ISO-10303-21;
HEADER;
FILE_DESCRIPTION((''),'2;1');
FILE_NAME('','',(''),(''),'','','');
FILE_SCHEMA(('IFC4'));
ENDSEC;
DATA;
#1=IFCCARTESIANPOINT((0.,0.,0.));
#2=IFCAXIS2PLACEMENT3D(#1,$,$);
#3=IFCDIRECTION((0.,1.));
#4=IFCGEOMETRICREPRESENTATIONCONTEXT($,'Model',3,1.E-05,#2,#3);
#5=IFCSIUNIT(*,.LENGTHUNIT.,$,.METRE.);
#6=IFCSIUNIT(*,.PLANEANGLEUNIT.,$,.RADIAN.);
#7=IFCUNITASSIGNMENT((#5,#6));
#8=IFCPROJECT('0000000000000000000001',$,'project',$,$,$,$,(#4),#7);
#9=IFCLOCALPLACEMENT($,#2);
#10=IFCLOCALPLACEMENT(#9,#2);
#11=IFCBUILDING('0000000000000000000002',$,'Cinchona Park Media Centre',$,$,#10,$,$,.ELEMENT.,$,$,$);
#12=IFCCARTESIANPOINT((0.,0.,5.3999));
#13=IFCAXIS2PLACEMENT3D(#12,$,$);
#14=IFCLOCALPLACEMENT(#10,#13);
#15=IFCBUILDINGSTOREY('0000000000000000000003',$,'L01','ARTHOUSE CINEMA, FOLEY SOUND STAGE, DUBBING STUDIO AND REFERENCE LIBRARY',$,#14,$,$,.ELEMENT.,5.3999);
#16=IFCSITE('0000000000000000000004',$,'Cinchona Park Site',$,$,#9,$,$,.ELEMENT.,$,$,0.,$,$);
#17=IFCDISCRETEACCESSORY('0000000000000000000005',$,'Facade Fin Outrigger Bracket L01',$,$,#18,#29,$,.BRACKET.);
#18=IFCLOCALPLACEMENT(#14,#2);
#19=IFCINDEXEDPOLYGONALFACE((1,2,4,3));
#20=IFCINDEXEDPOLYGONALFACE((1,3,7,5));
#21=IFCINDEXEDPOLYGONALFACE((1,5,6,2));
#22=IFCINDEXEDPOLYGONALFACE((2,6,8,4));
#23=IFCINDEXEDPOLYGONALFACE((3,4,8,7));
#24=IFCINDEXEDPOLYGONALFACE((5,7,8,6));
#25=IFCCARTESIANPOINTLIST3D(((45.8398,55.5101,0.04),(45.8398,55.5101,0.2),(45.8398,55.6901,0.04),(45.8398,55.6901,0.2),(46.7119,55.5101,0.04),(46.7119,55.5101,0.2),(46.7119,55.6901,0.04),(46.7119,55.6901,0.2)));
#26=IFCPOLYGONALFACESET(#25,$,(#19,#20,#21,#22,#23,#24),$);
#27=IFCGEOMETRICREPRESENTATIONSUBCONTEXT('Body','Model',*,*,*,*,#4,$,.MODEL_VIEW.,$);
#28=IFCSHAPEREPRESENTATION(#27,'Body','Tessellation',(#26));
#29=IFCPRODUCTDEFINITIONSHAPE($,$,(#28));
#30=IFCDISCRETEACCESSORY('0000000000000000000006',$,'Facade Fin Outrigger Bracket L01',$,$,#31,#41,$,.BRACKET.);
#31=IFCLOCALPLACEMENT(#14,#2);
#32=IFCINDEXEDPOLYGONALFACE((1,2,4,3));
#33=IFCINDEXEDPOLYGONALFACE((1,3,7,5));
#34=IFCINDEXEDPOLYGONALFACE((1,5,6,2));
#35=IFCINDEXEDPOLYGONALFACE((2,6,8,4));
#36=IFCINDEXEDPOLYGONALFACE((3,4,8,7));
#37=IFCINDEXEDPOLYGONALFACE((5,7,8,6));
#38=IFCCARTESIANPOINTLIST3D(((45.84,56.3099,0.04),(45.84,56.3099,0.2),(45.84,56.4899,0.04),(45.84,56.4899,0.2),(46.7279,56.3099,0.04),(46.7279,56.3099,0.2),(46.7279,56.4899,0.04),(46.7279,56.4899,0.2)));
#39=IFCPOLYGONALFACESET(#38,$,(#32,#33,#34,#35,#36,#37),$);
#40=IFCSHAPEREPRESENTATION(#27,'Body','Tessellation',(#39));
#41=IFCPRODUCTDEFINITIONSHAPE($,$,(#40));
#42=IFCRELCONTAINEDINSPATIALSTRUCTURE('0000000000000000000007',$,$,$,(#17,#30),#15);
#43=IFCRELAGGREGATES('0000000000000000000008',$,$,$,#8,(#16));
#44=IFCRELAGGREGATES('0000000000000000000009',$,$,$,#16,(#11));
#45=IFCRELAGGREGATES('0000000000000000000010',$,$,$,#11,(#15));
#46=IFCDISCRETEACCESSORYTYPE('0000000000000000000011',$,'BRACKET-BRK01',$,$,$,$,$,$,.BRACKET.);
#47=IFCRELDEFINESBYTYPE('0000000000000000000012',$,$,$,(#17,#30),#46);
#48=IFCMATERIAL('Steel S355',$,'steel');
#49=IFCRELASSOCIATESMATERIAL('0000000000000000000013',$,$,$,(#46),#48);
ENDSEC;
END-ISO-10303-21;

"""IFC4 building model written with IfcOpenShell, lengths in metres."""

from ifc_helpers import new_model, si_unit, direction, frame, origin, origin_2d, place, context, subcontext, project, spatial, rectangle, extrude, material, type_object, element, save


model = new_model("IFC4")

# Units and contexts
model_context = context("Model", 3, precision=1e-05, world=origin(), true_north=direction((0.0, 1.0)))
body_context = subcontext(model_context, "Body", "Model", "MODEL_VIEW")
ifc_project = project(units=[si_unit("LENGTHUNIT", "METRE"), si_unit("PLANEANGLEUNIT", "RADIAN")], contexts=[model_context])

# Site, building, storey
site_placement = place(None, origin())
site = spatial("IfcSite", under=ifc_project, at=site_placement, Name="Cinchona Park Site", CompositionType="ELEMENT", RefElevation=0.0)
building_placement = place(site_placement, origin())
building = spatial("IfcBuilding", under=site, at=building_placement, Name="Cinchona Park Media Centre", CompositionType="ELEMENT")
storey_placement = place(building_placement, frame((0.0, 0.0, 5.3999)))
storey = spatial("IfcBuildingStorey", under=building, at=storey_placement, Name="L01", Description="ARTHOUSE CINEMA, FOLEY SOUND STAGE, DUBBING STUDIO AND REFERENCE LIBRARY", CompositionType="ELEMENT", Elevation=5.3999)

# Discrete accessories
ifc_material_1 = material(Name="Steel S355", Category="steel")
discrete_accessory_type = type_object("IfcDiscreteAccessoryType", Name="BRACKET-BRK01", PredefinedType="BRACKET", material=ifc_material_1)
discrete_accessory_1_placement = place(storey_placement, frame((46.2759, 55.6001, 0.04), z_axis=(0.0, 0.0, 1.0), x_axis=(0.0, 1.0, 0.0)))
element("IfcDiscreteAccessory", 1, at=discrete_accessory_1_placement, inside=storey, type_object=discrete_accessory_type, Name="Facade Fin Outrigger Bracket L01", PredefinedType="BRACKET", context=body_context, shape_type="SweptSolid", body=[
    extrude(rectangle(XDim=0.1799, YDim=0.8721, at=origin_2d()), origin(), (0.0, 0.0, 1.0), 0.1599),
])
discrete_accessory_2_placement = place(storey_placement, frame((46.2839, 56.3999, 0.04), z_axis=(0.0, 0.0, 1.0), x_axis=(0.0, 1.0, 0.0)))
element("IfcDiscreteAccessory", 2, at=discrete_accessory_2_placement, inside=storey, type_object=discrete_accessory_type, Name="Facade Fin Outrigger Bracket L01", PredefinedType="BRACKET", context=body_context, shape_type="SweptSolid", body=[
    extrude(rectangle(XDim=0.1799, YDim=0.8879, at=origin_2d()), origin(), (0.0, 0.0, 1.0), 0.1599),
])

save(model, "model.ifc")
